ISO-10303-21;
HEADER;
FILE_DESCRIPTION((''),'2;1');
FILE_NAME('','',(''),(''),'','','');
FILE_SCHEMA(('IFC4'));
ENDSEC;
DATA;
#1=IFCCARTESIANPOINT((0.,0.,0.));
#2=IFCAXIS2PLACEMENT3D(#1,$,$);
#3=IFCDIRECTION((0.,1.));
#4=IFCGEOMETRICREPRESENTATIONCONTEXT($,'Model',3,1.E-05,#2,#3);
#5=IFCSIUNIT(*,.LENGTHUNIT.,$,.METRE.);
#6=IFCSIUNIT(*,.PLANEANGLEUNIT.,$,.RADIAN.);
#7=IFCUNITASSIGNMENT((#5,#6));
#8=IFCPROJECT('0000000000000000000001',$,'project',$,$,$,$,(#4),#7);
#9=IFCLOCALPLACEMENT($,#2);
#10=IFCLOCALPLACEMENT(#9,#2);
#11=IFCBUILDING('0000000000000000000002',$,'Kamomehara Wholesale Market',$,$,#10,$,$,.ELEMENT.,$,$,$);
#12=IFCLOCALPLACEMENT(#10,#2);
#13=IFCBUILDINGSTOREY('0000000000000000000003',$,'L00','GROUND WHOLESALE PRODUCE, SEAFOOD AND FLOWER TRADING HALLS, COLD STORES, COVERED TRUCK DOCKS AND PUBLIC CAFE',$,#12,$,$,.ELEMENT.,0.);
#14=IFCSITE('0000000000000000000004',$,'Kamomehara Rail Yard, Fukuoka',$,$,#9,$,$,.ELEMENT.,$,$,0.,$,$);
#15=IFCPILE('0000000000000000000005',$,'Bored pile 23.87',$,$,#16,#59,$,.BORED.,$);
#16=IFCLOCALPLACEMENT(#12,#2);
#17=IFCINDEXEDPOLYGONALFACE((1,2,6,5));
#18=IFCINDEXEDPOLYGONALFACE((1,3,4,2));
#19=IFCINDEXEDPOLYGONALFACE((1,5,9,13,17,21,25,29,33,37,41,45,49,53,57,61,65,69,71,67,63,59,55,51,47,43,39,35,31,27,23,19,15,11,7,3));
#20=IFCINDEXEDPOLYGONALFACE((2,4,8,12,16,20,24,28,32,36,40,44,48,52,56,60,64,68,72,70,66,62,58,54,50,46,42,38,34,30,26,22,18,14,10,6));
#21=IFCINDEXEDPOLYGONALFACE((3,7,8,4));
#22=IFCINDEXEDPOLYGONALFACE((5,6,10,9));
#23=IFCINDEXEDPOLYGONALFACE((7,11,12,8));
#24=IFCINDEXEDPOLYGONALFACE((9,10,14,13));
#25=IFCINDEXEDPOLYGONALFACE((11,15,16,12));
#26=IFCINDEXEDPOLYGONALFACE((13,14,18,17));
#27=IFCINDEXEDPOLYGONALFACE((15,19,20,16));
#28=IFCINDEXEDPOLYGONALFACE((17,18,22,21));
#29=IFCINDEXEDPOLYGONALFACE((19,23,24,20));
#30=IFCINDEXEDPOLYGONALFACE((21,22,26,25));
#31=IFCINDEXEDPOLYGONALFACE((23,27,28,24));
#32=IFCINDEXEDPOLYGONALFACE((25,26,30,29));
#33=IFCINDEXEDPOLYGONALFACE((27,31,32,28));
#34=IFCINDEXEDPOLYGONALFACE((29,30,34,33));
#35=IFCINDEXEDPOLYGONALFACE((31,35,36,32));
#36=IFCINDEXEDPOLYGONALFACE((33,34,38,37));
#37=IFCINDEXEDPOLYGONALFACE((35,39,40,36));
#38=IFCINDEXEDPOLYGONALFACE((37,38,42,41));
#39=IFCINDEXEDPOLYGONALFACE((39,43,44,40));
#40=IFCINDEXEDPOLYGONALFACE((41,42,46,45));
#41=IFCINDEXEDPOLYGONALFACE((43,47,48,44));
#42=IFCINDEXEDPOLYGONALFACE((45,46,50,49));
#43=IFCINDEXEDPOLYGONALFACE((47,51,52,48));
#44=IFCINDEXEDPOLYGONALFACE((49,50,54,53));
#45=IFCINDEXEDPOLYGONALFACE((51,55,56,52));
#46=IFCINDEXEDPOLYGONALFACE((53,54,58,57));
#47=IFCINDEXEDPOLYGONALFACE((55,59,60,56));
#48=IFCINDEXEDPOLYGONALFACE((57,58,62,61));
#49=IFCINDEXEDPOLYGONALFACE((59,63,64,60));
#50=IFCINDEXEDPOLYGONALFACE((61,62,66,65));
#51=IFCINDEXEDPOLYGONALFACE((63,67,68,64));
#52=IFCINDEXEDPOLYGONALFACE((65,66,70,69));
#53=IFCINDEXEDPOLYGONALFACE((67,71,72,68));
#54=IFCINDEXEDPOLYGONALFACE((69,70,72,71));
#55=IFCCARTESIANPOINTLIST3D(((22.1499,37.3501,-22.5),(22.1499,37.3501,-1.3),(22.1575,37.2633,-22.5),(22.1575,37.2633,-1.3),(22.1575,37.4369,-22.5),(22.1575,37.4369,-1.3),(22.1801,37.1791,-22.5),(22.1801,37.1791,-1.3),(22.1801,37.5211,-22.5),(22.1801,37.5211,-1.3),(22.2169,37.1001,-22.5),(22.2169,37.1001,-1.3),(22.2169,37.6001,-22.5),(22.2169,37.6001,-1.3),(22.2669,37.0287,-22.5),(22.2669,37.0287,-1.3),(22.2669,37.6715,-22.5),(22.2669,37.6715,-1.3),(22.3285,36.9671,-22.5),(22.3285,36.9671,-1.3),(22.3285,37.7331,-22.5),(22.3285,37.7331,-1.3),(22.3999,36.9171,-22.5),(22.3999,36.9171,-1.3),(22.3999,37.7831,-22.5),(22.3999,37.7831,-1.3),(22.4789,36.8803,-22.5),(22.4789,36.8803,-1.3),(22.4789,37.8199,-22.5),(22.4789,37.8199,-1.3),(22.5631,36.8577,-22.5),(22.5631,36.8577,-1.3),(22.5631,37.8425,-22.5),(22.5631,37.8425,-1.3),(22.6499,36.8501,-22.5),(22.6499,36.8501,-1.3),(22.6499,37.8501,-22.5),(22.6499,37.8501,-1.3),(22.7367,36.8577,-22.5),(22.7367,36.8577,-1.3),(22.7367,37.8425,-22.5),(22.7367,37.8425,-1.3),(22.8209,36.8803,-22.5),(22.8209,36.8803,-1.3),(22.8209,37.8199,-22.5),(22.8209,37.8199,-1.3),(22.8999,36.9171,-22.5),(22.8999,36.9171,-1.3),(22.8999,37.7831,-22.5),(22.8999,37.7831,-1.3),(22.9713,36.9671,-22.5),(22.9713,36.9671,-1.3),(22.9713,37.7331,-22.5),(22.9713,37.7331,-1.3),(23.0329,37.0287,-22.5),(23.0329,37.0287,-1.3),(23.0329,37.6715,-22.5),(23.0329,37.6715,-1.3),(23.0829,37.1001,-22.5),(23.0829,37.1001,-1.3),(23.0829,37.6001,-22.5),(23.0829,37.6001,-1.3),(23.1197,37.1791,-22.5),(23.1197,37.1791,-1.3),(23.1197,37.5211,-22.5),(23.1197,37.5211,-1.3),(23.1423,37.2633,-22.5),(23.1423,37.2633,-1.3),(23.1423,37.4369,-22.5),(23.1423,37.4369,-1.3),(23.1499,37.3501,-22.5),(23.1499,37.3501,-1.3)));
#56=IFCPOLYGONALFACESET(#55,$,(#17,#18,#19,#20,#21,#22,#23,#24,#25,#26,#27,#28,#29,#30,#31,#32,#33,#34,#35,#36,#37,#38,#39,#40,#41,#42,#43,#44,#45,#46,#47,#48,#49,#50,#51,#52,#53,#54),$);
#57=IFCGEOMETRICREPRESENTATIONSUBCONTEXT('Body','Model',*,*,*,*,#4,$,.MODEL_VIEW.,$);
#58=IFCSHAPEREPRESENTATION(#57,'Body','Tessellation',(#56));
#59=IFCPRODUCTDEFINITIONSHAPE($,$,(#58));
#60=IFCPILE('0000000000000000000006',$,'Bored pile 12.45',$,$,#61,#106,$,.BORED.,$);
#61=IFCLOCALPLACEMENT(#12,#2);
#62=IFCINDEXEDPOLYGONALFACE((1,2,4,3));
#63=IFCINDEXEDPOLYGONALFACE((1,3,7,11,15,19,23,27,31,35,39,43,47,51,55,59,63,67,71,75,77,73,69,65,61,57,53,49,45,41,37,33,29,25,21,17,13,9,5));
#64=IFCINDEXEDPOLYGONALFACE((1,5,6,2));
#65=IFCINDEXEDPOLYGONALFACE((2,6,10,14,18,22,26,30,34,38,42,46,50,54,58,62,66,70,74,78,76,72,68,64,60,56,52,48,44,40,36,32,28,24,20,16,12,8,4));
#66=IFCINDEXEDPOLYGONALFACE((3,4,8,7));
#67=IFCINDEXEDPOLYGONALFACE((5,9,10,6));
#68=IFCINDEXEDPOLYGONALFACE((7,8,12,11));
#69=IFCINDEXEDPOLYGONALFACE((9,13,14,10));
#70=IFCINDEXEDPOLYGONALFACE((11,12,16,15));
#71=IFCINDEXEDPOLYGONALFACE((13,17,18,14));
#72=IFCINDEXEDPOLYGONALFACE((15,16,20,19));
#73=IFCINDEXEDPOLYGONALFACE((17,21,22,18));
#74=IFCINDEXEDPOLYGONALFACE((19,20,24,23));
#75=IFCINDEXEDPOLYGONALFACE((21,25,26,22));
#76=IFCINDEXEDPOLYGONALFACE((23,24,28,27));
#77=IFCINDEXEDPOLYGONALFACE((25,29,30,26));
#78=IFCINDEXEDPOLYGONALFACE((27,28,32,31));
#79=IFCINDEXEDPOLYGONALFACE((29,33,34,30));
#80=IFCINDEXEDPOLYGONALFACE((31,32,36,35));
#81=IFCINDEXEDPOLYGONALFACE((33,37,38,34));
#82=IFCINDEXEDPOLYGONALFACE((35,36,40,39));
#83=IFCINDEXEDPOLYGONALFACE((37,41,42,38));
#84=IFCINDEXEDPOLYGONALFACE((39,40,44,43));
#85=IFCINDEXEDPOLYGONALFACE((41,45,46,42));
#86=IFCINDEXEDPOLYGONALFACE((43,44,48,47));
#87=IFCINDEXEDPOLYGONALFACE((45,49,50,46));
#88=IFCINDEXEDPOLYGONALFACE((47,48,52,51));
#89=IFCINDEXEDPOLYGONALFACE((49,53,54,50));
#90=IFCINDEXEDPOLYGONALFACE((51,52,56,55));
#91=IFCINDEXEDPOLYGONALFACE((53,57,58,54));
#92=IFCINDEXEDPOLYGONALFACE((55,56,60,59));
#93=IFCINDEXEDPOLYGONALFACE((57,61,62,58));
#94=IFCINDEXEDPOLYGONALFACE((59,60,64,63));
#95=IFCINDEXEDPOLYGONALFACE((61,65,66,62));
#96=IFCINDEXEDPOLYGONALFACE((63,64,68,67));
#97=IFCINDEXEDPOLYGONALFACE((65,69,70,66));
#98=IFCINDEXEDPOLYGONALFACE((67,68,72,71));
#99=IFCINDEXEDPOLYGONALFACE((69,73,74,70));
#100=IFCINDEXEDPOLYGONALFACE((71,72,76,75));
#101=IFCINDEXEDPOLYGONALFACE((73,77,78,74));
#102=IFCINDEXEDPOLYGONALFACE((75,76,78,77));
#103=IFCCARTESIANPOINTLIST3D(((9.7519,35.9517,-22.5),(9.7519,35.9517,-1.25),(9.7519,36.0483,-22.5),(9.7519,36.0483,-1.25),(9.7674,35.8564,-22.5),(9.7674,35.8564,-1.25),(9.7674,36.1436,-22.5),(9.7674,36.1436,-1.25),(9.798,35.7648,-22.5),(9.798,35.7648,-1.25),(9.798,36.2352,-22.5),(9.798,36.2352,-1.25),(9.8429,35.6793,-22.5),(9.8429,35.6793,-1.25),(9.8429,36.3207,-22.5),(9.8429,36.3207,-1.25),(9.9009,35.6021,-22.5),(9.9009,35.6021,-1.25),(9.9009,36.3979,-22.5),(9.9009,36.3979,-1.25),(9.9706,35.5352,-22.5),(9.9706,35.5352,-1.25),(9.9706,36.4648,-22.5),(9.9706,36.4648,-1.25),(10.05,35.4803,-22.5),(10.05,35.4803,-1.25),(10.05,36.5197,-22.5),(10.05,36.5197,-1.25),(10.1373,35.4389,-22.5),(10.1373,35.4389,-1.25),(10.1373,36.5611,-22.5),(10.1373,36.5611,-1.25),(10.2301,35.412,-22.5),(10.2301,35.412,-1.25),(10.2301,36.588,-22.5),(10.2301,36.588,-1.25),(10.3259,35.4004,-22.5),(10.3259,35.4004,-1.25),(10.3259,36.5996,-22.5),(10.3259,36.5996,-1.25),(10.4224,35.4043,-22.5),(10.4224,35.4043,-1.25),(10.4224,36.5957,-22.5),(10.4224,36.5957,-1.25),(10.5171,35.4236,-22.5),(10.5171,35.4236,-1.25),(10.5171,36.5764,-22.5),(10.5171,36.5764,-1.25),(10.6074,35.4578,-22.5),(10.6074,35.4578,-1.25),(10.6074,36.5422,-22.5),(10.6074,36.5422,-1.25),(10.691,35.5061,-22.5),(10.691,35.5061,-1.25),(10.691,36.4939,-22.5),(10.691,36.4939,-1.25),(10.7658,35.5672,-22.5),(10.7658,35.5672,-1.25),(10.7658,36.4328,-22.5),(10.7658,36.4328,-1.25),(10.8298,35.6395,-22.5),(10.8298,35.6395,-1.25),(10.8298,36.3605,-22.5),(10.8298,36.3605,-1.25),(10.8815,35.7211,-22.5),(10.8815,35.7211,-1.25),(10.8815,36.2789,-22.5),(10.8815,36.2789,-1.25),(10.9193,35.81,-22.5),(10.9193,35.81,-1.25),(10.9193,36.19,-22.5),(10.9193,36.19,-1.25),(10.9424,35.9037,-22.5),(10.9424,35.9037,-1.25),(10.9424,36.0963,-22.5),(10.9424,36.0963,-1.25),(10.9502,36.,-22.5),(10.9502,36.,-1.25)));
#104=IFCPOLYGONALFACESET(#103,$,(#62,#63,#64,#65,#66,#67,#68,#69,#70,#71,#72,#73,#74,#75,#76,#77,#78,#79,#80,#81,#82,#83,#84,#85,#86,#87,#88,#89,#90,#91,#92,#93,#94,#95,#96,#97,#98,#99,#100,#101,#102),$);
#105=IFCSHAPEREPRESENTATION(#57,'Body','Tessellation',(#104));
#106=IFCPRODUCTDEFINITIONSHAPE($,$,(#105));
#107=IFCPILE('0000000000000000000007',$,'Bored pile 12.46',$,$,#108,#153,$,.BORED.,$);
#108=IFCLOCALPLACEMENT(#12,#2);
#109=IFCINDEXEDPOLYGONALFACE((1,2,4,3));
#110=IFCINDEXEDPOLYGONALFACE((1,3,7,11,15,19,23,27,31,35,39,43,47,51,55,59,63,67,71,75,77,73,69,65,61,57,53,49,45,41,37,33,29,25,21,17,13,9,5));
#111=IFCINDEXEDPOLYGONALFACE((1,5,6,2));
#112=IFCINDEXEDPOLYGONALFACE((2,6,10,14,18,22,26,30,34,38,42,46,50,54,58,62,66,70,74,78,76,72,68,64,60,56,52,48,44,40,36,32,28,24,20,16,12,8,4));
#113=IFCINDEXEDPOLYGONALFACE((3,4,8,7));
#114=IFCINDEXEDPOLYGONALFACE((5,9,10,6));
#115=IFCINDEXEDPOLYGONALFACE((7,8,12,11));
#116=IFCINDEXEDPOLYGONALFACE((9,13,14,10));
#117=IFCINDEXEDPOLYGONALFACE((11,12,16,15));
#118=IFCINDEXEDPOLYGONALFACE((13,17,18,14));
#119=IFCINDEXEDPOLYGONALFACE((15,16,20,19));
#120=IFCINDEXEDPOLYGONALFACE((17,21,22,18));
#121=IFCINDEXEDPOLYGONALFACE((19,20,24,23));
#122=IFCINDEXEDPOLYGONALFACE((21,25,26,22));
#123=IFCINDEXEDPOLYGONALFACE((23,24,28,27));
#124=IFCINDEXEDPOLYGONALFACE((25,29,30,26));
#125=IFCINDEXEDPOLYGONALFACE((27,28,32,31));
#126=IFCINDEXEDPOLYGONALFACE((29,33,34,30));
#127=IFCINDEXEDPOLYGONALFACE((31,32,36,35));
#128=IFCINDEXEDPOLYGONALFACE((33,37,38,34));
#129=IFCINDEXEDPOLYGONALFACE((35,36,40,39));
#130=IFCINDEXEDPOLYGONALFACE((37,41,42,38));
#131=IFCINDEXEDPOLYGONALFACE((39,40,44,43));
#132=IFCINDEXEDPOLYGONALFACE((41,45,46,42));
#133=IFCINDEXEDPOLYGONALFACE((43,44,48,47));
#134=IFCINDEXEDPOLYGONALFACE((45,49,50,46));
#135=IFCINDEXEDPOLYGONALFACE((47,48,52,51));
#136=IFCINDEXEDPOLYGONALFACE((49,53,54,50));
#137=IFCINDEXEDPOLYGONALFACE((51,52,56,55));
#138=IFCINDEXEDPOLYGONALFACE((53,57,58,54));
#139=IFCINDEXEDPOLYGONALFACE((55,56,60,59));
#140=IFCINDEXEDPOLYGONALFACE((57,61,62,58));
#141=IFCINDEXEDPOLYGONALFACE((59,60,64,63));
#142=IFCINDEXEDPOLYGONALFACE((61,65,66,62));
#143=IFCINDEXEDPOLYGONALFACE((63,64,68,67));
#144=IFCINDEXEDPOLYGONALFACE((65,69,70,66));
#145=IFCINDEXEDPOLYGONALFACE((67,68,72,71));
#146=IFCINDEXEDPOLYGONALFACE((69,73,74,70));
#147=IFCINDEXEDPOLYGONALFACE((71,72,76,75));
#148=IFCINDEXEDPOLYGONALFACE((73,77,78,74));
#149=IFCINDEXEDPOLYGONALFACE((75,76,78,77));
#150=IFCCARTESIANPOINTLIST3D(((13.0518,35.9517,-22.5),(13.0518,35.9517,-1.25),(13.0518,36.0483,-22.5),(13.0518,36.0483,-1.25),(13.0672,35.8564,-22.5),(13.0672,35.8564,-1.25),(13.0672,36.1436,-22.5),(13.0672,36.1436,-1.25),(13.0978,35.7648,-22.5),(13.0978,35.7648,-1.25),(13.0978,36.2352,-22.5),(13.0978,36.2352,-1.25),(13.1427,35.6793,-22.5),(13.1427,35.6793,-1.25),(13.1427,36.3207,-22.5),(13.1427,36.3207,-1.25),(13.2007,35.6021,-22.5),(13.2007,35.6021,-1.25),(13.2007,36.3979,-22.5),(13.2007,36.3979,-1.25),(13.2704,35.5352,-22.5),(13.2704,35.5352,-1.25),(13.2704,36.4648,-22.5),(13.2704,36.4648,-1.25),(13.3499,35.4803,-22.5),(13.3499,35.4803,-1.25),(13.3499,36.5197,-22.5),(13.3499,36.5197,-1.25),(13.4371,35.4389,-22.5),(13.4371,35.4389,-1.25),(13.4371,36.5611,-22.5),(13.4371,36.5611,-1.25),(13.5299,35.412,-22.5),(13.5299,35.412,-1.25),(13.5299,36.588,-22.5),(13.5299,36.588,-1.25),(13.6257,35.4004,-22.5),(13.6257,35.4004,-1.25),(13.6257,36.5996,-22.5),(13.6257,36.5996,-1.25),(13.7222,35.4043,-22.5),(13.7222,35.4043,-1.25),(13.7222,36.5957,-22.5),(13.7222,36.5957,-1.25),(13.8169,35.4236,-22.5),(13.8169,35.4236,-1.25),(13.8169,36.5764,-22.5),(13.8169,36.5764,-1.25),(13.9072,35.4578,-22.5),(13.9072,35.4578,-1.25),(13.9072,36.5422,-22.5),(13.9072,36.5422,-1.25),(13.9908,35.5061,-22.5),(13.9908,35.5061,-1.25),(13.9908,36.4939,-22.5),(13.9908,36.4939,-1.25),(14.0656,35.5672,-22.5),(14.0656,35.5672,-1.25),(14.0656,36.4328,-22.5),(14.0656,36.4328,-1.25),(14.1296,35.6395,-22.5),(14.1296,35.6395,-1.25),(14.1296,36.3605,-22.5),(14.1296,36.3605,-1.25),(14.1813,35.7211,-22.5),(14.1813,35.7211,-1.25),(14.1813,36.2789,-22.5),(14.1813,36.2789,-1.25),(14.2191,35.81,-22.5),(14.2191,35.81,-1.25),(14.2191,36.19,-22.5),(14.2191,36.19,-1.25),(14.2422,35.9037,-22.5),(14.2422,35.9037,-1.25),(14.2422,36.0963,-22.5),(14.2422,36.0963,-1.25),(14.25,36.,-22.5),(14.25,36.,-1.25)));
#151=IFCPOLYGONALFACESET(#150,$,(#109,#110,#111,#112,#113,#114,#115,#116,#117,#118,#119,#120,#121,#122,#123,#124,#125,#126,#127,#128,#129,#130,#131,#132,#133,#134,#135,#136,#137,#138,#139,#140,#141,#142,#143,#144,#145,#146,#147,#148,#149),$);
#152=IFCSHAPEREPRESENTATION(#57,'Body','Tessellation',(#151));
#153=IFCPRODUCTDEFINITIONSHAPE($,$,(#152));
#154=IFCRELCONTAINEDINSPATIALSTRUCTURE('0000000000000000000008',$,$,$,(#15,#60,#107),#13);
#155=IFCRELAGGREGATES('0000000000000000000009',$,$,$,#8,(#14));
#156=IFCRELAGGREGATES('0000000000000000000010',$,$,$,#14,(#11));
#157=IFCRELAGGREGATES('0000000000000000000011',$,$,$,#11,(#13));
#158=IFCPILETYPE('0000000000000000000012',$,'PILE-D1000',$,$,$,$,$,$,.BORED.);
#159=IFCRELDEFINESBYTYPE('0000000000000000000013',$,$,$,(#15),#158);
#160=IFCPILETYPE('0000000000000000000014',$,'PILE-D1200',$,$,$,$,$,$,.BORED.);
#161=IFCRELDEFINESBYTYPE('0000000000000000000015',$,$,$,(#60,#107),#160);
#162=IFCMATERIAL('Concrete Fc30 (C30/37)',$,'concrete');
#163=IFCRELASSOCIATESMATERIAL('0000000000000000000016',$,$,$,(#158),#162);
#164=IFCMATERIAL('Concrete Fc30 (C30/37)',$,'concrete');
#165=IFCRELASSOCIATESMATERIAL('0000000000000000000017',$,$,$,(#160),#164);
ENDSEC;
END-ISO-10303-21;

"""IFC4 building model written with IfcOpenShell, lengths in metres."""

from ifc_helpers import new_model, si_unit, direction, frame, origin, origin_2d, place, context, subcontext, project, spatial, circle, extrude, material, material_profile, profile_set, type_object, element, save


model = new_model("IFC4")

# Units and contexts
model_context = context("Model", 3, precision=1e-05, world=origin(), true_north=direction((0.0, 1.0)))
body_context = subcontext(model_context, "Body", "Model", "MODEL_VIEW")
ifc_project = project(units=[si_unit("LENGTHUNIT", "METRE"), si_unit("PLANEANGLEUNIT", "RADIAN")], contexts=[model_context])

# Site, building, storey
site_placement = place(None, origin())
site = spatial("IfcSite", under=ifc_project, at=site_placement, Name="Kamomehara Rail Yard, Fukuoka", CompositionType="ELEMENT", RefElevation=0.0)
building_placement = place(site_placement, origin())
building = spatial("IfcBuilding", under=site, at=building_placement, Name="Kamomehara Wholesale Market", CompositionType="ELEMENT")
storey_placement = place(building_placement, origin())
storey = spatial("IfcBuildingStorey", under=building, at=storey_placement, Name="L00", Description="GROUND WHOLESALE PRODUCE, SEAFOOD AND FLOWER TRADING HALLS, COLD STORES, COVERED TRUCK DOCKS AND PUBLIC CAFE", CompositionType="ELEMENT", Elevation=0.0)

# Piles
ifc_material_1 = material(Name="Concrete Fc30 (C30/37)", Category="concrete")
ifc_material_profile_1 = material_profile(ifc_material_1, circle(Radius=0.5, at=origin_2d()), Name="RC-PILE-D1000")
ifc_profile_set_1 = profile_set([ifc_material_profile_1], Name="Concrete Fc30 (C30/37)")
pile_type_1 = type_object("IfcPileType", Name="PILE-D1000", PredefinedType="BORED", material=ifc_profile_set_1)
for number, where, z_axis, x_axis, name in (
    (1, (22.6499, 37.3501, -1.3), (0.0, 0.0, -1.0), (1.0, 0.0, 0.0), "Bored pile 23.87"),
):
    element("IfcPile", number, at=place(storey_placement, frame(where, z_axis=z_axis, x_axis=x_axis)), inside=storey, type_object=pile_type_1, Name=name, PredefinedType="BORED", context=body_context, shape_type="SweptSolid", body=[
        extrude(circle(Radius=0.5, at=origin_2d()), origin(), (0.0, 0.0, 1.0), 21.2),
    ])
ifc_material_2 = material(Name="Concrete Fc30 (C30/37)", Category="concrete")
ifc_material_profile_2 = material_profile(ifc_material_2, circle(Radius=0.6001, at=origin_2d()), Name="RC-PILE-D1200")
ifc_profile_set_2 = profile_set([ifc_material_profile_2], Name="Concrete Fc30 (C30/37)")
pile_type_2 = type_object("IfcPileType", Name="PILE-D1200", PredefinedType="BORED", material=ifc_profile_set_2)
for number, where, z_axis, x_axis, name in (
    (2, (10.3501, 36.0, -1.25), (0.0, 0.0, -1.0), (1.0, 0.0, 0.0), "Bored pile 12.45"),
    (3, (13.6499, 36.0, -1.25), (0.0, 0.0, -1.0), (1.0, 0.0, 0.0), "Bored pile 12.46"),
):
    element("IfcPile", number, at=place(storey_placement, frame(where, z_axis=z_axis, x_axis=x_axis)), inside=storey, type_object=pile_type_2, Name=name, PredefinedType="BORED", context=body_context, shape_type="SweptSolid", body=[
        extrude(circle(Radius=0.6001, at=origin_2d()), origin(), (0.0, 0.0, 1.0), 21.25),
    ])

save(model, "model.ifc")
